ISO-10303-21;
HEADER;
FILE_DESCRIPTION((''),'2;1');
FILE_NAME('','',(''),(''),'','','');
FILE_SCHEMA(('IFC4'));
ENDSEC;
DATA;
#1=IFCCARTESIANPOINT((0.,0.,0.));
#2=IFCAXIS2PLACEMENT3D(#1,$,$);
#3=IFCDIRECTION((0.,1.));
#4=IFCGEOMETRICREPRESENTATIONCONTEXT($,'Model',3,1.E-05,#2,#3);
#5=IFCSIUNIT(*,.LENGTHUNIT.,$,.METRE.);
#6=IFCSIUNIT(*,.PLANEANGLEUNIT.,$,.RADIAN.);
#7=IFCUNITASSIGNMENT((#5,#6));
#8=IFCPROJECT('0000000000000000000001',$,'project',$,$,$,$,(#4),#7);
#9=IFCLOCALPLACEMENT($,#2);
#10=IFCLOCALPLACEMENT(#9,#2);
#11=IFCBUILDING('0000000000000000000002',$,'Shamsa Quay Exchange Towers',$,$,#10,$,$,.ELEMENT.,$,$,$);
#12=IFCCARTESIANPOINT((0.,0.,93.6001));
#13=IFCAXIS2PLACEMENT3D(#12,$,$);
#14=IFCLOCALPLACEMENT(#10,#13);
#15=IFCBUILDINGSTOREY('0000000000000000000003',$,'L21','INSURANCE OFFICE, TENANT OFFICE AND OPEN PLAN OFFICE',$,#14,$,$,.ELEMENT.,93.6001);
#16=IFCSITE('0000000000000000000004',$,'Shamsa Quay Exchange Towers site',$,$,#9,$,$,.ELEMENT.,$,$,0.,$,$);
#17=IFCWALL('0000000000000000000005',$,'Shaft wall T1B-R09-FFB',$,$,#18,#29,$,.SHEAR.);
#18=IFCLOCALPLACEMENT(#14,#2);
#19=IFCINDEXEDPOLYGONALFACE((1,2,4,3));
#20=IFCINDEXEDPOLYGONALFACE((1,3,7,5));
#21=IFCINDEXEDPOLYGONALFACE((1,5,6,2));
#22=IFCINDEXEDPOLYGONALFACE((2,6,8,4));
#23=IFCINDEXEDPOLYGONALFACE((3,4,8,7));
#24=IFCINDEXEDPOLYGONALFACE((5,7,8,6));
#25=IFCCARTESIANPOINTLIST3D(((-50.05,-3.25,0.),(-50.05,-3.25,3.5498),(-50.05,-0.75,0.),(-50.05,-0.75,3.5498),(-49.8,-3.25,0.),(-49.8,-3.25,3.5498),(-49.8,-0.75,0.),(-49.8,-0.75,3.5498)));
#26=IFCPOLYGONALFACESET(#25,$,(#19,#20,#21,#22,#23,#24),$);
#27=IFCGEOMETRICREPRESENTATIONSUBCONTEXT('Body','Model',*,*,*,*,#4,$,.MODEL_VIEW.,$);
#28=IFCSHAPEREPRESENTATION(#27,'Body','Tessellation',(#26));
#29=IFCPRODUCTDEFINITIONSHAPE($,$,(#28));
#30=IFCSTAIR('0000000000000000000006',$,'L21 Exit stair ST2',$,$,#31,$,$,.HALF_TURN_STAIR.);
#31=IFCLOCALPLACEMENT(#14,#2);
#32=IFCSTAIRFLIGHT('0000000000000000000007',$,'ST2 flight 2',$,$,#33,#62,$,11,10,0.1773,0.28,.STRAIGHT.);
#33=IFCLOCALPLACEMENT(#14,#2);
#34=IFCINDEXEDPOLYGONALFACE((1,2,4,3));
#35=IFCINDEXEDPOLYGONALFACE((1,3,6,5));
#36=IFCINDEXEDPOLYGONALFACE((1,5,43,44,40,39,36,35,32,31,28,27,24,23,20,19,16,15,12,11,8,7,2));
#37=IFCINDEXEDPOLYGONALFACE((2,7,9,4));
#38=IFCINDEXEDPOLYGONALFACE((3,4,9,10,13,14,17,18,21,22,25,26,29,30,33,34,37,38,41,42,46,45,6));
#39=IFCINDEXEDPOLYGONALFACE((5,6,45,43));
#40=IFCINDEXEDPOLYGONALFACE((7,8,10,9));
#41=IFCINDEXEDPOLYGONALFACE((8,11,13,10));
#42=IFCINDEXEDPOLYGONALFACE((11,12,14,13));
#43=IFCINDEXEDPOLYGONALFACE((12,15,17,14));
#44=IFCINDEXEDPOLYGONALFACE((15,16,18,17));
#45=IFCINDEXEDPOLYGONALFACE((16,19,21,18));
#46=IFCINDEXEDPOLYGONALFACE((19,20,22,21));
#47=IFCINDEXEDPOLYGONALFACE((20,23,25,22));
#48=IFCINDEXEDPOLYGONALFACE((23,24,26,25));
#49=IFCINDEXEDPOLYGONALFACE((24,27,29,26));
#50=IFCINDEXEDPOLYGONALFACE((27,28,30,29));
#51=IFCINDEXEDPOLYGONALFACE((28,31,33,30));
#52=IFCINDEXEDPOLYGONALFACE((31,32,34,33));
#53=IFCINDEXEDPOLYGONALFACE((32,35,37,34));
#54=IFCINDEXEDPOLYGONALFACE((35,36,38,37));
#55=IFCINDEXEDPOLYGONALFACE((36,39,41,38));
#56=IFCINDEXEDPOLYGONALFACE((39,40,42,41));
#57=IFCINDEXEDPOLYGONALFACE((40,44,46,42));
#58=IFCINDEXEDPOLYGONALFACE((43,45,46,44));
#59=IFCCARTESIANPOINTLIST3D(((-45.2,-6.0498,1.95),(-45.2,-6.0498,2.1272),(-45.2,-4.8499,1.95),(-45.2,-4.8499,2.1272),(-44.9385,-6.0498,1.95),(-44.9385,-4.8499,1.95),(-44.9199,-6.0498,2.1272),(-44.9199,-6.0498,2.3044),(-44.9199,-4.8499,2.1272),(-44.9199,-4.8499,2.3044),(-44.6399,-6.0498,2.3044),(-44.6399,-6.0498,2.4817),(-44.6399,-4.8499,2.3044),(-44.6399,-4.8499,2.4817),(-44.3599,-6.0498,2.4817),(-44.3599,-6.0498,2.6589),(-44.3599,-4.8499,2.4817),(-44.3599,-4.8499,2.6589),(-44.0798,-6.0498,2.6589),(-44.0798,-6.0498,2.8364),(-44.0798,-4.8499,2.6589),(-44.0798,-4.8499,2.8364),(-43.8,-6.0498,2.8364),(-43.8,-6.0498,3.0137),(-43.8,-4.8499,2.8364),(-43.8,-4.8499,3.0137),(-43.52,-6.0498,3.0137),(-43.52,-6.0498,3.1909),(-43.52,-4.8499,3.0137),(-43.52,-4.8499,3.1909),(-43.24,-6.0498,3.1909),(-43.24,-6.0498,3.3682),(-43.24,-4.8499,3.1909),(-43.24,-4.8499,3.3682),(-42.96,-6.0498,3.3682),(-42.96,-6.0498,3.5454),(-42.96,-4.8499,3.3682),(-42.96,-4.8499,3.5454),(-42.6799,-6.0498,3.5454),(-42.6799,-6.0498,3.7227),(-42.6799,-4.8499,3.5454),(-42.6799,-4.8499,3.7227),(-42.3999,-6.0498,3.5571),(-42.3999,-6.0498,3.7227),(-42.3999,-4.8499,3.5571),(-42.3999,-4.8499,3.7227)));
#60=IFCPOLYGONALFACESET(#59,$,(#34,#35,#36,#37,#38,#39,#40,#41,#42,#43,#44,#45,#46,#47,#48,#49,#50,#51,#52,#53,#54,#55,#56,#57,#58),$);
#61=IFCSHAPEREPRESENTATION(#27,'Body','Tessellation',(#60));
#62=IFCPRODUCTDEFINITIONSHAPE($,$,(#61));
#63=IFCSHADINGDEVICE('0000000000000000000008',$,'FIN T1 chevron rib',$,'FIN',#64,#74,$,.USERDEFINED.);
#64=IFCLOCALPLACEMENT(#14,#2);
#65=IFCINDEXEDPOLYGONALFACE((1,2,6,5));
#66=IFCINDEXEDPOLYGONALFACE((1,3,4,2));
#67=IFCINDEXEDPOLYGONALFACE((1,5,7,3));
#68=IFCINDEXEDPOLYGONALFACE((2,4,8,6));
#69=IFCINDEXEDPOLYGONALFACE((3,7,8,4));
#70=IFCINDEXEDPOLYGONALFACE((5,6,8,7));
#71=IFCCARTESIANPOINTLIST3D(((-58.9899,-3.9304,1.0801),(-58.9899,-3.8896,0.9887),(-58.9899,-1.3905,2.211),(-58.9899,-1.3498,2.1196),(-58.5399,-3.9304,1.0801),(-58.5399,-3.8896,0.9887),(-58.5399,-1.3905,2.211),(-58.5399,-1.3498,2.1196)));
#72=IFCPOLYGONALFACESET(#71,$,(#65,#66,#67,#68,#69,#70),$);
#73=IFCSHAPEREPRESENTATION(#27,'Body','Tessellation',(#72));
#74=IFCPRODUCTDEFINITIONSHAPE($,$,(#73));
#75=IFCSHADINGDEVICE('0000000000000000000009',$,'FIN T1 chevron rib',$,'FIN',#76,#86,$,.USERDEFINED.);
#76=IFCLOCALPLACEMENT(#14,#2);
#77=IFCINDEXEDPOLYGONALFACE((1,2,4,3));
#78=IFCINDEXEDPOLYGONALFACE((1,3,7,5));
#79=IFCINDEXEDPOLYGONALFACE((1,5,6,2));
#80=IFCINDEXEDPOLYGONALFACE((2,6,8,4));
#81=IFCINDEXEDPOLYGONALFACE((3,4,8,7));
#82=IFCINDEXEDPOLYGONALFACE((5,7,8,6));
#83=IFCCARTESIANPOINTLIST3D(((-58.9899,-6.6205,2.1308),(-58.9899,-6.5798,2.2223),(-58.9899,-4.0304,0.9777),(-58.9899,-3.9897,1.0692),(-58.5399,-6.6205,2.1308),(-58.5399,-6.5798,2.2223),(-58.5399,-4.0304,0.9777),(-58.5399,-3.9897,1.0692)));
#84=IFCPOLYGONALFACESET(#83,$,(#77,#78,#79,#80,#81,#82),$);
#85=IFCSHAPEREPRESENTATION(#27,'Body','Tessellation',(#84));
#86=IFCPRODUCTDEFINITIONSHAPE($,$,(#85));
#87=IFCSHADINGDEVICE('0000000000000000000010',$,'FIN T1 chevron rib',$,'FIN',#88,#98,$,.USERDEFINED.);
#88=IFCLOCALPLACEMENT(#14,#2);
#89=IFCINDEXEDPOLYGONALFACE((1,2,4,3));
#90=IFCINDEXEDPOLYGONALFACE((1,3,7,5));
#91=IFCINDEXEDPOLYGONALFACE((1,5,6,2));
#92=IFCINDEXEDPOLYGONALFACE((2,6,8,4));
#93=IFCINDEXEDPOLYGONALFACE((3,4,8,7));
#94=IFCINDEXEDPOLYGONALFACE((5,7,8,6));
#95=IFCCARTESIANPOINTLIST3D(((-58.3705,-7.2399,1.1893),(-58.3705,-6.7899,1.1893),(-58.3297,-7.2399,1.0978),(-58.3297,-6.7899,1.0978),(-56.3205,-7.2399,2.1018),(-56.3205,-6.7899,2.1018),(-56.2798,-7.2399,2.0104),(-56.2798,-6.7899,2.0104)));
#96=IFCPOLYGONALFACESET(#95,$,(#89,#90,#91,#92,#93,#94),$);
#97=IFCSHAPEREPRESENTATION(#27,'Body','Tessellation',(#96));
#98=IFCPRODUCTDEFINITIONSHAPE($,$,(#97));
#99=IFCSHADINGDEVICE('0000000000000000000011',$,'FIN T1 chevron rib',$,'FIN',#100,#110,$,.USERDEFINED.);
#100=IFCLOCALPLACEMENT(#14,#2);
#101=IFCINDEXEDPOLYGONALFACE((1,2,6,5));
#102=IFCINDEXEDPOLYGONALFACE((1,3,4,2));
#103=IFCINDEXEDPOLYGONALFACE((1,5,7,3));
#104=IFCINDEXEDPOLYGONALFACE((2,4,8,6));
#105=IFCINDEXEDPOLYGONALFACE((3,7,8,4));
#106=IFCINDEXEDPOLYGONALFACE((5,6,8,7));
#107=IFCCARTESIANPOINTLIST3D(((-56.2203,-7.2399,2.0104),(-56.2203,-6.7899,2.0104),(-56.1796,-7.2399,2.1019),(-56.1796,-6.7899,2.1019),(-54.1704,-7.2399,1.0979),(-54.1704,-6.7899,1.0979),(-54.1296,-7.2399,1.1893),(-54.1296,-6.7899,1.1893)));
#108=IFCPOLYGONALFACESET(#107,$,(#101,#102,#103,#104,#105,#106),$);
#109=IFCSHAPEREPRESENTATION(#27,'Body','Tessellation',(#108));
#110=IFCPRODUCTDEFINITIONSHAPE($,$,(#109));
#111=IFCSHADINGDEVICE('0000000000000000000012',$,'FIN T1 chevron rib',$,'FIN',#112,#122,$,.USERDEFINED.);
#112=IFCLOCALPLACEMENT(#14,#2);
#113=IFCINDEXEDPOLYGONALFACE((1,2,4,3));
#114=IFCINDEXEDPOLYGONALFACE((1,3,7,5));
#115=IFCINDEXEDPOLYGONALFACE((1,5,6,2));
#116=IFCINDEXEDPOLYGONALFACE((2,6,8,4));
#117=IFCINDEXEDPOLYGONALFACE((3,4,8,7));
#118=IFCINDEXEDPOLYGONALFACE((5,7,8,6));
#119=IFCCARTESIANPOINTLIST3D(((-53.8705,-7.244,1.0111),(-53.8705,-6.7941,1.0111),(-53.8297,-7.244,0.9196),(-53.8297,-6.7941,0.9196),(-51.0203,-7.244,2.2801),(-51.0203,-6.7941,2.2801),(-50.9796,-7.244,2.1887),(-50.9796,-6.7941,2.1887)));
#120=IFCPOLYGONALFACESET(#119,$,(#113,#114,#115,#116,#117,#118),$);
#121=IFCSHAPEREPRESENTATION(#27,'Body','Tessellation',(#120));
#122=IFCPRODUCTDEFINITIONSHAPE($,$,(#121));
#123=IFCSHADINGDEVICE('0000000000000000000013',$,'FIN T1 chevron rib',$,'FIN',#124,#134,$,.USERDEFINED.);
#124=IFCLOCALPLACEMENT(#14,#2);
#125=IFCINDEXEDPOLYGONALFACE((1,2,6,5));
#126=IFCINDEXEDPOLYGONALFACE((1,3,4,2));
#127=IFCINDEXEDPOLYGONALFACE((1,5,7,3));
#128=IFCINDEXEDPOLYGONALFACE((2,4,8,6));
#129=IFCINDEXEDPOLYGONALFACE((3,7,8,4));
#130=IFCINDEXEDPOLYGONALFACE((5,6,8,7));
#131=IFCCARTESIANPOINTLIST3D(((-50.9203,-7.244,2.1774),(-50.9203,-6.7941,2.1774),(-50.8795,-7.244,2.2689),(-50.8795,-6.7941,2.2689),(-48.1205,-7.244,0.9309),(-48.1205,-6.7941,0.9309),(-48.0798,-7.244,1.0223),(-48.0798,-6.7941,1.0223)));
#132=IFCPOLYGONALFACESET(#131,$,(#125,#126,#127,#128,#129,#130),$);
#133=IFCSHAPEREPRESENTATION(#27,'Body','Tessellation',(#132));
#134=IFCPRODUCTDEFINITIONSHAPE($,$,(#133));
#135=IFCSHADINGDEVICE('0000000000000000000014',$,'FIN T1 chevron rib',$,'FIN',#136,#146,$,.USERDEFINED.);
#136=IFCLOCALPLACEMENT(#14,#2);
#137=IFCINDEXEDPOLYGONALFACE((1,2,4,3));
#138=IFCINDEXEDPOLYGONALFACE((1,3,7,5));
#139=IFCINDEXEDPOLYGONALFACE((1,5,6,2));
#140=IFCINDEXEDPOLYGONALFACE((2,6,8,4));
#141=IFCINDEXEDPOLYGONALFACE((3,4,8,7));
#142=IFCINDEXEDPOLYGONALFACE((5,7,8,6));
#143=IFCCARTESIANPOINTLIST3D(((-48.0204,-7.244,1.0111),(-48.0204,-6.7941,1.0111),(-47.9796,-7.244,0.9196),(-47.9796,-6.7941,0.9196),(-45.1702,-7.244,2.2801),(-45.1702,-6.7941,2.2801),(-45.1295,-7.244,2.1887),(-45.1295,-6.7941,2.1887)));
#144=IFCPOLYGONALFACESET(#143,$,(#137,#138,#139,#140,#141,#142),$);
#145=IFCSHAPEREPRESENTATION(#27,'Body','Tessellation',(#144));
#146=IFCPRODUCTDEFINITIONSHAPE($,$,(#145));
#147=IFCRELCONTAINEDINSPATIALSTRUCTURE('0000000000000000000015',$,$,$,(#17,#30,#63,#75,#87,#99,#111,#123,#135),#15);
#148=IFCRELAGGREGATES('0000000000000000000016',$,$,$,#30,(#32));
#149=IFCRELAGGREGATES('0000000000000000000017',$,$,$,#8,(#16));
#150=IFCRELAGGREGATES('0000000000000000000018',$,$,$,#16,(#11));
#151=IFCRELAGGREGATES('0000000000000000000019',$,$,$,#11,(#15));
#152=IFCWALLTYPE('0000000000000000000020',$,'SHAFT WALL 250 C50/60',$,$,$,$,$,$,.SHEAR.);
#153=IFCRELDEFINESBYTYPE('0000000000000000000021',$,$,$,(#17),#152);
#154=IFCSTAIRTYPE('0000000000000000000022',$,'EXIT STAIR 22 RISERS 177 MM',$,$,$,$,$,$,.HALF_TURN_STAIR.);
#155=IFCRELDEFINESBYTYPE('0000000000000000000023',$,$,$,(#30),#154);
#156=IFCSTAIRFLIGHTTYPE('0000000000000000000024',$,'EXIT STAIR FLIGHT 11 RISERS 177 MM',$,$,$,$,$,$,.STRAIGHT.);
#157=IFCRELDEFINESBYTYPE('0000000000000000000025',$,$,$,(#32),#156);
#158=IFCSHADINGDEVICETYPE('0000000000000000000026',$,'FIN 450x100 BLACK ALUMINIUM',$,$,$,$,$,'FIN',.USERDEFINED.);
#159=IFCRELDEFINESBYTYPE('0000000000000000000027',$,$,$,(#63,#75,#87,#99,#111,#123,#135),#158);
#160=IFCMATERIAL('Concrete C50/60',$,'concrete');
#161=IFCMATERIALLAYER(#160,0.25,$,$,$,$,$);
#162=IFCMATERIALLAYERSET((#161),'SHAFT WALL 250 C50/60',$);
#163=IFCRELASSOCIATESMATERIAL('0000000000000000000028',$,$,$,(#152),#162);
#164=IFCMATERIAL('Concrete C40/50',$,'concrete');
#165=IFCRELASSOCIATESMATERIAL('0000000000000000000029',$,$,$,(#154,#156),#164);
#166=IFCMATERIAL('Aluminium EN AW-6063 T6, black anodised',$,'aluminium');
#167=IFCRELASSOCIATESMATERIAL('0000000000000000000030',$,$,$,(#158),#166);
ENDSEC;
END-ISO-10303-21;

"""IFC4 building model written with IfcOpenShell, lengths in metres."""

from ifc_helpers import new_model, si_unit, direction, frame, frame_2d, origin, origin_2d, place, context, subcontext, project, spatial, polyline, rectangle, outline, extrude, material, layer, layer_set, material_profile, profile_set, type_object, element, aggregate, save


model = new_model("IFC4")

# Units and contexts
model_context = context("Model", 3, precision=1e-05, world=origin(), true_north=direction((0.0, 1.0)))
body_context = subcontext(model_context, "Body", "Model", "MODEL_VIEW")
ifc_project = project(units=[si_unit("LENGTHUNIT", "METRE"), si_unit("PLANEANGLEUNIT", "RADIAN")], contexts=[model_context])

# Site, building, storey
site_placement = place(None, origin())
site = spatial("IfcSite", under=ifc_project, at=site_placement, Name="Shamsa Quay Exchange Towers site", CompositionType="ELEMENT", RefElevation=0.0)
building_placement = place(site_placement, origin())
building = spatial("IfcBuilding", under=site, at=building_placement, Name="Shamsa Quay Exchange Towers", CompositionType="ELEMENT")
storey_placement = place(building_placement, frame((0.0, 0.0, 93.6001)))
storey = spatial("IfcBuildingStorey", under=building, at=storey_placement, Name="L21", Description="INSURANCE OFFICE, TENANT OFFICE AND OPEN PLAN OFFICE", CompositionType="ELEMENT", Elevation=93.6001)

# Shared definitions
ifc_material_1 = material(Name="Aluminium EN AW-6063 T6, black anodised", Category="aluminium")

# Shared definitions
ifc_material_2 = material(Name="Concrete C50/60", Category="concrete")
ifc_layer_1 = layer(ifc_material_2, 0.25)
ifc_layer_set_1 = layer_set([ifc_layer_1], Name="SHAFT WALL 250 C50/60")
wall_type_1 = type_object("IfcWallType", Name="SHAFT WALL 250 C50/60", PredefinedType="SHEAR", material=ifc_layer_set_1)

# Wall
wall_1_placement = place(storey_placement, frame((-49.925, -3.25, 0.0), z_axis=(0.0, 0.0, 1.0), x_axis=(0.0, 1.0, 0.0)))
element("IfcWall", 1, at=wall_1_placement, inside=storey, type_object=wall_type_1, Name="Shaft wall T1B-R09-FFB", PredefinedType="SHEAR", context=body_context, shape_type="SweptSolid", body=[
    extrude(rectangle(XDim=2.5, YDim=0.25, at=frame_2d((1.25, 0.0))), origin(), (0.0, 0.0, 1.0), 3.5498),
])

# Stair, stair flight
ifc_material_3 = material(Name="Concrete C40/50", Category="concrete")
stair_type = type_object("IfcStairType", Name="EXIT STAIR 22 RISERS 177 MM", PredefinedType="HALF_TURN_STAIR", material=ifc_material_3)
stair_placement = place(storey_placement, origin())
stair = element("IfcStair", 2, at=stair_placement, inside=storey, type_object=stair_type, Name="L21 Exit stair ST2", PredefinedType="HALF_TURN_STAIR")
stair_flight_type = type_object("IfcStairFlightType", Name="EXIT STAIR FLIGHT 11 RISERS 177 MM", PredefinedType="STRAIGHT", material=ifc_material_3)
stair_flight_placement = place(storey_placement, frame((-45.2, -5.45, 1.95)))
stair_flight = element("IfcStairFlight", 3, at=stair_flight_placement, type_object=stair_flight_type, Name="ST2 flight 2", NumberOfRisers=11, NumberOfTreads=10, PredefinedType="STRAIGHT", RiserHeight=0.1773, TreadLength=0.28, context=body_context, shape_type="SweptSolid", body=[
    extrude(outline(polyline([(0.0, 0.0), (0.0, 0.1772), (0.28, 0.1772), (0.28, 0.3545), (0.5601, 0.3545), (0.5601, 0.5317), (0.8401, 0.5317), (0.8401, 0.709), (1.1201, 0.709), (1.1201, 0.8865), (1.3999, 0.8865), (1.3999, 1.0637), (1.6799, 1.0637), (1.6799, 1.241), (1.96, 1.241), (1.96, 1.4182), (2.24, 1.4182), (2.24, 1.5955), (2.52, 1.5955), (2.52, 1.7727), (2.8, 1.7727), (2.8, 1.95), (2.8, 1.6072), (0.2615, 0.0), (0.0, 0.0)])), frame((0.0, 0.6001, 0.0), z_axis=(0.0, -1.0, 0.0), x_axis=(1.0, 0.0, 0.0)), (0.0, 0.0, 1.0), 1.2),
])
aggregate(stair, [stair_flight])

# Shading devices
ifc_material_profile_1 = material_profile(ifc_material_1, rectangle(XDim=0.45, YDim=0.1001, at=origin_2d()), Name="FIN450x100")
ifc_profile_set_1 = profile_set([ifc_material_profile_1], Name="Aluminium EN AW-6063 T6, black anodised")
shading_device_type = type_object("IfcShadingDeviceType", Name="FIN 450x100 BLACK ALUMINIUM", ElementType="FIN", PredefinedType="USERDEFINED", material=ifc_profile_set_1)
shading_device_1_placement = place(storey_placement, frame((-58.7649, -1.3701, 2.1653), z_axis=(0.0, -0.913536, -0.406758), x_axis=(1.0, 0.0, 0.0)))
element("IfcShadingDevice", 4, at=shading_device_1_placement, inside=storey, type_object=shading_device_type, Name="FIN T1 chevron rib", ObjectType="FIN", PredefinedType="USERDEFINED", context=body_context, shape_type="SweptSolid", body=[
    extrude(rectangle(XDim=0.45, YDim=0.1001, at=origin_2d()), origin(), (0.0, 0.0, 1.0), 2.7803),
])
shading_device_2_placement = place(storey_placement, frame((-58.7649, -4.01, 1.0234), z_axis=(0.0, -0.913559, 0.406706), x_axis=(1.0, 0.0, 0.0)))
element("IfcShadingDevice", 5, at=shading_device_2_placement, inside=storey, type_object=shading_device_type, Name="FIN T1 chevron rib", ObjectType="FIN", PredefinedType="USERDEFINED", context=body_context, shape_type="SweptSolid", body=[
    extrude(rectangle(XDim=0.45, YDim=0.1001, at=origin_2d()), origin(), (0.0, 0.0, 1.0), 2.8352),
])
for number, where, z_axis, x_axis, name in (
    (6, (-58.3501, -7.0149, 1.1436), (0.913569, 0.0, 0.406684), (0.0, 1.0, 0.0), "FIN T1 chevron rib"),
    (7, (-56.2, -7.0149, 2.0562), (0.913569, 0.0, -0.406684), (0.0, 1.0, 0.0), "FIN T1 chevron rib"),
):
    element("IfcShadingDevice", number, at=place(storey_placement, frame(where, z_axis=z_axis, x_axis=x_axis)), inside=storey, type_object=shading_device_type, Name=name, ObjectType="FIN", PredefinedType="USERDEFINED", context=body_context, shape_type="SweptSolid", body=[
        extrude(rectangle(XDim=0.45, YDim=0.1001, at=origin_2d()), origin(), (0.0, 0.0, 1.0), 2.2439),
    ])
shading_device_3_placement = place(storey_placement, frame((-53.8501, -7.019, 0.9653), z_axis=(0.913534, 0.0, 0.406763), x_axis=(0.0, 1.0, 0.0)))
element("IfcShadingDevice", 8, at=shading_device_3_placement, inside=storey, type_object=shading_device_type, Name="FIN T1 chevron rib", ObjectType="FIN", PredefinedType="USERDEFINED", context=body_context, shape_type="SweptSolid", body=[
    extrude(rectangle(XDim=0.45, YDim=0.1001, at=origin_2d()), origin(), (0.0, 0.0, 1.0), 3.1199),
])
shading_device_4_placement = place(storey_placement, frame((-50.8999, -7.019, 2.2231), z_axis=(0.913542, 0.0, -0.406744), x_axis=(0.0, 1.0, 0.0)))
element("IfcShadingDevice", 9, at=shading_device_4_placement, inside=storey, type_object=shading_device_type, Name="FIN T1 chevron rib", ObjectType="FIN", PredefinedType="USERDEFINED", context=body_context, shape_type="SweptSolid", body=[
    extrude(rectangle(XDim=0.45, YDim=0.1001, at=origin_2d()), origin(), (0.0, 0.0, 1.0), 3.0647),
])
shading_device_5_placement = place(storey_placement, frame((-48.0, -7.019, 0.9653), z_axis=(0.913534, 0.0, 0.406763), x_axis=(0.0, 1.0, 0.0)))
element("IfcShadingDevice", 10, at=shading_device_5_placement, inside=storey, type_object=shading_device_type, Name="FIN T1 chevron rib", ObjectType="FIN", PredefinedType="USERDEFINED", context=body_context, shape_type="SweptSolid", body=[
    extrude(rectangle(XDim=0.45, YDim=0.1001, at=origin_2d()), origin(), (0.0, 0.0, 1.0), 3.1199),
])

save(model, "model.ifc")
